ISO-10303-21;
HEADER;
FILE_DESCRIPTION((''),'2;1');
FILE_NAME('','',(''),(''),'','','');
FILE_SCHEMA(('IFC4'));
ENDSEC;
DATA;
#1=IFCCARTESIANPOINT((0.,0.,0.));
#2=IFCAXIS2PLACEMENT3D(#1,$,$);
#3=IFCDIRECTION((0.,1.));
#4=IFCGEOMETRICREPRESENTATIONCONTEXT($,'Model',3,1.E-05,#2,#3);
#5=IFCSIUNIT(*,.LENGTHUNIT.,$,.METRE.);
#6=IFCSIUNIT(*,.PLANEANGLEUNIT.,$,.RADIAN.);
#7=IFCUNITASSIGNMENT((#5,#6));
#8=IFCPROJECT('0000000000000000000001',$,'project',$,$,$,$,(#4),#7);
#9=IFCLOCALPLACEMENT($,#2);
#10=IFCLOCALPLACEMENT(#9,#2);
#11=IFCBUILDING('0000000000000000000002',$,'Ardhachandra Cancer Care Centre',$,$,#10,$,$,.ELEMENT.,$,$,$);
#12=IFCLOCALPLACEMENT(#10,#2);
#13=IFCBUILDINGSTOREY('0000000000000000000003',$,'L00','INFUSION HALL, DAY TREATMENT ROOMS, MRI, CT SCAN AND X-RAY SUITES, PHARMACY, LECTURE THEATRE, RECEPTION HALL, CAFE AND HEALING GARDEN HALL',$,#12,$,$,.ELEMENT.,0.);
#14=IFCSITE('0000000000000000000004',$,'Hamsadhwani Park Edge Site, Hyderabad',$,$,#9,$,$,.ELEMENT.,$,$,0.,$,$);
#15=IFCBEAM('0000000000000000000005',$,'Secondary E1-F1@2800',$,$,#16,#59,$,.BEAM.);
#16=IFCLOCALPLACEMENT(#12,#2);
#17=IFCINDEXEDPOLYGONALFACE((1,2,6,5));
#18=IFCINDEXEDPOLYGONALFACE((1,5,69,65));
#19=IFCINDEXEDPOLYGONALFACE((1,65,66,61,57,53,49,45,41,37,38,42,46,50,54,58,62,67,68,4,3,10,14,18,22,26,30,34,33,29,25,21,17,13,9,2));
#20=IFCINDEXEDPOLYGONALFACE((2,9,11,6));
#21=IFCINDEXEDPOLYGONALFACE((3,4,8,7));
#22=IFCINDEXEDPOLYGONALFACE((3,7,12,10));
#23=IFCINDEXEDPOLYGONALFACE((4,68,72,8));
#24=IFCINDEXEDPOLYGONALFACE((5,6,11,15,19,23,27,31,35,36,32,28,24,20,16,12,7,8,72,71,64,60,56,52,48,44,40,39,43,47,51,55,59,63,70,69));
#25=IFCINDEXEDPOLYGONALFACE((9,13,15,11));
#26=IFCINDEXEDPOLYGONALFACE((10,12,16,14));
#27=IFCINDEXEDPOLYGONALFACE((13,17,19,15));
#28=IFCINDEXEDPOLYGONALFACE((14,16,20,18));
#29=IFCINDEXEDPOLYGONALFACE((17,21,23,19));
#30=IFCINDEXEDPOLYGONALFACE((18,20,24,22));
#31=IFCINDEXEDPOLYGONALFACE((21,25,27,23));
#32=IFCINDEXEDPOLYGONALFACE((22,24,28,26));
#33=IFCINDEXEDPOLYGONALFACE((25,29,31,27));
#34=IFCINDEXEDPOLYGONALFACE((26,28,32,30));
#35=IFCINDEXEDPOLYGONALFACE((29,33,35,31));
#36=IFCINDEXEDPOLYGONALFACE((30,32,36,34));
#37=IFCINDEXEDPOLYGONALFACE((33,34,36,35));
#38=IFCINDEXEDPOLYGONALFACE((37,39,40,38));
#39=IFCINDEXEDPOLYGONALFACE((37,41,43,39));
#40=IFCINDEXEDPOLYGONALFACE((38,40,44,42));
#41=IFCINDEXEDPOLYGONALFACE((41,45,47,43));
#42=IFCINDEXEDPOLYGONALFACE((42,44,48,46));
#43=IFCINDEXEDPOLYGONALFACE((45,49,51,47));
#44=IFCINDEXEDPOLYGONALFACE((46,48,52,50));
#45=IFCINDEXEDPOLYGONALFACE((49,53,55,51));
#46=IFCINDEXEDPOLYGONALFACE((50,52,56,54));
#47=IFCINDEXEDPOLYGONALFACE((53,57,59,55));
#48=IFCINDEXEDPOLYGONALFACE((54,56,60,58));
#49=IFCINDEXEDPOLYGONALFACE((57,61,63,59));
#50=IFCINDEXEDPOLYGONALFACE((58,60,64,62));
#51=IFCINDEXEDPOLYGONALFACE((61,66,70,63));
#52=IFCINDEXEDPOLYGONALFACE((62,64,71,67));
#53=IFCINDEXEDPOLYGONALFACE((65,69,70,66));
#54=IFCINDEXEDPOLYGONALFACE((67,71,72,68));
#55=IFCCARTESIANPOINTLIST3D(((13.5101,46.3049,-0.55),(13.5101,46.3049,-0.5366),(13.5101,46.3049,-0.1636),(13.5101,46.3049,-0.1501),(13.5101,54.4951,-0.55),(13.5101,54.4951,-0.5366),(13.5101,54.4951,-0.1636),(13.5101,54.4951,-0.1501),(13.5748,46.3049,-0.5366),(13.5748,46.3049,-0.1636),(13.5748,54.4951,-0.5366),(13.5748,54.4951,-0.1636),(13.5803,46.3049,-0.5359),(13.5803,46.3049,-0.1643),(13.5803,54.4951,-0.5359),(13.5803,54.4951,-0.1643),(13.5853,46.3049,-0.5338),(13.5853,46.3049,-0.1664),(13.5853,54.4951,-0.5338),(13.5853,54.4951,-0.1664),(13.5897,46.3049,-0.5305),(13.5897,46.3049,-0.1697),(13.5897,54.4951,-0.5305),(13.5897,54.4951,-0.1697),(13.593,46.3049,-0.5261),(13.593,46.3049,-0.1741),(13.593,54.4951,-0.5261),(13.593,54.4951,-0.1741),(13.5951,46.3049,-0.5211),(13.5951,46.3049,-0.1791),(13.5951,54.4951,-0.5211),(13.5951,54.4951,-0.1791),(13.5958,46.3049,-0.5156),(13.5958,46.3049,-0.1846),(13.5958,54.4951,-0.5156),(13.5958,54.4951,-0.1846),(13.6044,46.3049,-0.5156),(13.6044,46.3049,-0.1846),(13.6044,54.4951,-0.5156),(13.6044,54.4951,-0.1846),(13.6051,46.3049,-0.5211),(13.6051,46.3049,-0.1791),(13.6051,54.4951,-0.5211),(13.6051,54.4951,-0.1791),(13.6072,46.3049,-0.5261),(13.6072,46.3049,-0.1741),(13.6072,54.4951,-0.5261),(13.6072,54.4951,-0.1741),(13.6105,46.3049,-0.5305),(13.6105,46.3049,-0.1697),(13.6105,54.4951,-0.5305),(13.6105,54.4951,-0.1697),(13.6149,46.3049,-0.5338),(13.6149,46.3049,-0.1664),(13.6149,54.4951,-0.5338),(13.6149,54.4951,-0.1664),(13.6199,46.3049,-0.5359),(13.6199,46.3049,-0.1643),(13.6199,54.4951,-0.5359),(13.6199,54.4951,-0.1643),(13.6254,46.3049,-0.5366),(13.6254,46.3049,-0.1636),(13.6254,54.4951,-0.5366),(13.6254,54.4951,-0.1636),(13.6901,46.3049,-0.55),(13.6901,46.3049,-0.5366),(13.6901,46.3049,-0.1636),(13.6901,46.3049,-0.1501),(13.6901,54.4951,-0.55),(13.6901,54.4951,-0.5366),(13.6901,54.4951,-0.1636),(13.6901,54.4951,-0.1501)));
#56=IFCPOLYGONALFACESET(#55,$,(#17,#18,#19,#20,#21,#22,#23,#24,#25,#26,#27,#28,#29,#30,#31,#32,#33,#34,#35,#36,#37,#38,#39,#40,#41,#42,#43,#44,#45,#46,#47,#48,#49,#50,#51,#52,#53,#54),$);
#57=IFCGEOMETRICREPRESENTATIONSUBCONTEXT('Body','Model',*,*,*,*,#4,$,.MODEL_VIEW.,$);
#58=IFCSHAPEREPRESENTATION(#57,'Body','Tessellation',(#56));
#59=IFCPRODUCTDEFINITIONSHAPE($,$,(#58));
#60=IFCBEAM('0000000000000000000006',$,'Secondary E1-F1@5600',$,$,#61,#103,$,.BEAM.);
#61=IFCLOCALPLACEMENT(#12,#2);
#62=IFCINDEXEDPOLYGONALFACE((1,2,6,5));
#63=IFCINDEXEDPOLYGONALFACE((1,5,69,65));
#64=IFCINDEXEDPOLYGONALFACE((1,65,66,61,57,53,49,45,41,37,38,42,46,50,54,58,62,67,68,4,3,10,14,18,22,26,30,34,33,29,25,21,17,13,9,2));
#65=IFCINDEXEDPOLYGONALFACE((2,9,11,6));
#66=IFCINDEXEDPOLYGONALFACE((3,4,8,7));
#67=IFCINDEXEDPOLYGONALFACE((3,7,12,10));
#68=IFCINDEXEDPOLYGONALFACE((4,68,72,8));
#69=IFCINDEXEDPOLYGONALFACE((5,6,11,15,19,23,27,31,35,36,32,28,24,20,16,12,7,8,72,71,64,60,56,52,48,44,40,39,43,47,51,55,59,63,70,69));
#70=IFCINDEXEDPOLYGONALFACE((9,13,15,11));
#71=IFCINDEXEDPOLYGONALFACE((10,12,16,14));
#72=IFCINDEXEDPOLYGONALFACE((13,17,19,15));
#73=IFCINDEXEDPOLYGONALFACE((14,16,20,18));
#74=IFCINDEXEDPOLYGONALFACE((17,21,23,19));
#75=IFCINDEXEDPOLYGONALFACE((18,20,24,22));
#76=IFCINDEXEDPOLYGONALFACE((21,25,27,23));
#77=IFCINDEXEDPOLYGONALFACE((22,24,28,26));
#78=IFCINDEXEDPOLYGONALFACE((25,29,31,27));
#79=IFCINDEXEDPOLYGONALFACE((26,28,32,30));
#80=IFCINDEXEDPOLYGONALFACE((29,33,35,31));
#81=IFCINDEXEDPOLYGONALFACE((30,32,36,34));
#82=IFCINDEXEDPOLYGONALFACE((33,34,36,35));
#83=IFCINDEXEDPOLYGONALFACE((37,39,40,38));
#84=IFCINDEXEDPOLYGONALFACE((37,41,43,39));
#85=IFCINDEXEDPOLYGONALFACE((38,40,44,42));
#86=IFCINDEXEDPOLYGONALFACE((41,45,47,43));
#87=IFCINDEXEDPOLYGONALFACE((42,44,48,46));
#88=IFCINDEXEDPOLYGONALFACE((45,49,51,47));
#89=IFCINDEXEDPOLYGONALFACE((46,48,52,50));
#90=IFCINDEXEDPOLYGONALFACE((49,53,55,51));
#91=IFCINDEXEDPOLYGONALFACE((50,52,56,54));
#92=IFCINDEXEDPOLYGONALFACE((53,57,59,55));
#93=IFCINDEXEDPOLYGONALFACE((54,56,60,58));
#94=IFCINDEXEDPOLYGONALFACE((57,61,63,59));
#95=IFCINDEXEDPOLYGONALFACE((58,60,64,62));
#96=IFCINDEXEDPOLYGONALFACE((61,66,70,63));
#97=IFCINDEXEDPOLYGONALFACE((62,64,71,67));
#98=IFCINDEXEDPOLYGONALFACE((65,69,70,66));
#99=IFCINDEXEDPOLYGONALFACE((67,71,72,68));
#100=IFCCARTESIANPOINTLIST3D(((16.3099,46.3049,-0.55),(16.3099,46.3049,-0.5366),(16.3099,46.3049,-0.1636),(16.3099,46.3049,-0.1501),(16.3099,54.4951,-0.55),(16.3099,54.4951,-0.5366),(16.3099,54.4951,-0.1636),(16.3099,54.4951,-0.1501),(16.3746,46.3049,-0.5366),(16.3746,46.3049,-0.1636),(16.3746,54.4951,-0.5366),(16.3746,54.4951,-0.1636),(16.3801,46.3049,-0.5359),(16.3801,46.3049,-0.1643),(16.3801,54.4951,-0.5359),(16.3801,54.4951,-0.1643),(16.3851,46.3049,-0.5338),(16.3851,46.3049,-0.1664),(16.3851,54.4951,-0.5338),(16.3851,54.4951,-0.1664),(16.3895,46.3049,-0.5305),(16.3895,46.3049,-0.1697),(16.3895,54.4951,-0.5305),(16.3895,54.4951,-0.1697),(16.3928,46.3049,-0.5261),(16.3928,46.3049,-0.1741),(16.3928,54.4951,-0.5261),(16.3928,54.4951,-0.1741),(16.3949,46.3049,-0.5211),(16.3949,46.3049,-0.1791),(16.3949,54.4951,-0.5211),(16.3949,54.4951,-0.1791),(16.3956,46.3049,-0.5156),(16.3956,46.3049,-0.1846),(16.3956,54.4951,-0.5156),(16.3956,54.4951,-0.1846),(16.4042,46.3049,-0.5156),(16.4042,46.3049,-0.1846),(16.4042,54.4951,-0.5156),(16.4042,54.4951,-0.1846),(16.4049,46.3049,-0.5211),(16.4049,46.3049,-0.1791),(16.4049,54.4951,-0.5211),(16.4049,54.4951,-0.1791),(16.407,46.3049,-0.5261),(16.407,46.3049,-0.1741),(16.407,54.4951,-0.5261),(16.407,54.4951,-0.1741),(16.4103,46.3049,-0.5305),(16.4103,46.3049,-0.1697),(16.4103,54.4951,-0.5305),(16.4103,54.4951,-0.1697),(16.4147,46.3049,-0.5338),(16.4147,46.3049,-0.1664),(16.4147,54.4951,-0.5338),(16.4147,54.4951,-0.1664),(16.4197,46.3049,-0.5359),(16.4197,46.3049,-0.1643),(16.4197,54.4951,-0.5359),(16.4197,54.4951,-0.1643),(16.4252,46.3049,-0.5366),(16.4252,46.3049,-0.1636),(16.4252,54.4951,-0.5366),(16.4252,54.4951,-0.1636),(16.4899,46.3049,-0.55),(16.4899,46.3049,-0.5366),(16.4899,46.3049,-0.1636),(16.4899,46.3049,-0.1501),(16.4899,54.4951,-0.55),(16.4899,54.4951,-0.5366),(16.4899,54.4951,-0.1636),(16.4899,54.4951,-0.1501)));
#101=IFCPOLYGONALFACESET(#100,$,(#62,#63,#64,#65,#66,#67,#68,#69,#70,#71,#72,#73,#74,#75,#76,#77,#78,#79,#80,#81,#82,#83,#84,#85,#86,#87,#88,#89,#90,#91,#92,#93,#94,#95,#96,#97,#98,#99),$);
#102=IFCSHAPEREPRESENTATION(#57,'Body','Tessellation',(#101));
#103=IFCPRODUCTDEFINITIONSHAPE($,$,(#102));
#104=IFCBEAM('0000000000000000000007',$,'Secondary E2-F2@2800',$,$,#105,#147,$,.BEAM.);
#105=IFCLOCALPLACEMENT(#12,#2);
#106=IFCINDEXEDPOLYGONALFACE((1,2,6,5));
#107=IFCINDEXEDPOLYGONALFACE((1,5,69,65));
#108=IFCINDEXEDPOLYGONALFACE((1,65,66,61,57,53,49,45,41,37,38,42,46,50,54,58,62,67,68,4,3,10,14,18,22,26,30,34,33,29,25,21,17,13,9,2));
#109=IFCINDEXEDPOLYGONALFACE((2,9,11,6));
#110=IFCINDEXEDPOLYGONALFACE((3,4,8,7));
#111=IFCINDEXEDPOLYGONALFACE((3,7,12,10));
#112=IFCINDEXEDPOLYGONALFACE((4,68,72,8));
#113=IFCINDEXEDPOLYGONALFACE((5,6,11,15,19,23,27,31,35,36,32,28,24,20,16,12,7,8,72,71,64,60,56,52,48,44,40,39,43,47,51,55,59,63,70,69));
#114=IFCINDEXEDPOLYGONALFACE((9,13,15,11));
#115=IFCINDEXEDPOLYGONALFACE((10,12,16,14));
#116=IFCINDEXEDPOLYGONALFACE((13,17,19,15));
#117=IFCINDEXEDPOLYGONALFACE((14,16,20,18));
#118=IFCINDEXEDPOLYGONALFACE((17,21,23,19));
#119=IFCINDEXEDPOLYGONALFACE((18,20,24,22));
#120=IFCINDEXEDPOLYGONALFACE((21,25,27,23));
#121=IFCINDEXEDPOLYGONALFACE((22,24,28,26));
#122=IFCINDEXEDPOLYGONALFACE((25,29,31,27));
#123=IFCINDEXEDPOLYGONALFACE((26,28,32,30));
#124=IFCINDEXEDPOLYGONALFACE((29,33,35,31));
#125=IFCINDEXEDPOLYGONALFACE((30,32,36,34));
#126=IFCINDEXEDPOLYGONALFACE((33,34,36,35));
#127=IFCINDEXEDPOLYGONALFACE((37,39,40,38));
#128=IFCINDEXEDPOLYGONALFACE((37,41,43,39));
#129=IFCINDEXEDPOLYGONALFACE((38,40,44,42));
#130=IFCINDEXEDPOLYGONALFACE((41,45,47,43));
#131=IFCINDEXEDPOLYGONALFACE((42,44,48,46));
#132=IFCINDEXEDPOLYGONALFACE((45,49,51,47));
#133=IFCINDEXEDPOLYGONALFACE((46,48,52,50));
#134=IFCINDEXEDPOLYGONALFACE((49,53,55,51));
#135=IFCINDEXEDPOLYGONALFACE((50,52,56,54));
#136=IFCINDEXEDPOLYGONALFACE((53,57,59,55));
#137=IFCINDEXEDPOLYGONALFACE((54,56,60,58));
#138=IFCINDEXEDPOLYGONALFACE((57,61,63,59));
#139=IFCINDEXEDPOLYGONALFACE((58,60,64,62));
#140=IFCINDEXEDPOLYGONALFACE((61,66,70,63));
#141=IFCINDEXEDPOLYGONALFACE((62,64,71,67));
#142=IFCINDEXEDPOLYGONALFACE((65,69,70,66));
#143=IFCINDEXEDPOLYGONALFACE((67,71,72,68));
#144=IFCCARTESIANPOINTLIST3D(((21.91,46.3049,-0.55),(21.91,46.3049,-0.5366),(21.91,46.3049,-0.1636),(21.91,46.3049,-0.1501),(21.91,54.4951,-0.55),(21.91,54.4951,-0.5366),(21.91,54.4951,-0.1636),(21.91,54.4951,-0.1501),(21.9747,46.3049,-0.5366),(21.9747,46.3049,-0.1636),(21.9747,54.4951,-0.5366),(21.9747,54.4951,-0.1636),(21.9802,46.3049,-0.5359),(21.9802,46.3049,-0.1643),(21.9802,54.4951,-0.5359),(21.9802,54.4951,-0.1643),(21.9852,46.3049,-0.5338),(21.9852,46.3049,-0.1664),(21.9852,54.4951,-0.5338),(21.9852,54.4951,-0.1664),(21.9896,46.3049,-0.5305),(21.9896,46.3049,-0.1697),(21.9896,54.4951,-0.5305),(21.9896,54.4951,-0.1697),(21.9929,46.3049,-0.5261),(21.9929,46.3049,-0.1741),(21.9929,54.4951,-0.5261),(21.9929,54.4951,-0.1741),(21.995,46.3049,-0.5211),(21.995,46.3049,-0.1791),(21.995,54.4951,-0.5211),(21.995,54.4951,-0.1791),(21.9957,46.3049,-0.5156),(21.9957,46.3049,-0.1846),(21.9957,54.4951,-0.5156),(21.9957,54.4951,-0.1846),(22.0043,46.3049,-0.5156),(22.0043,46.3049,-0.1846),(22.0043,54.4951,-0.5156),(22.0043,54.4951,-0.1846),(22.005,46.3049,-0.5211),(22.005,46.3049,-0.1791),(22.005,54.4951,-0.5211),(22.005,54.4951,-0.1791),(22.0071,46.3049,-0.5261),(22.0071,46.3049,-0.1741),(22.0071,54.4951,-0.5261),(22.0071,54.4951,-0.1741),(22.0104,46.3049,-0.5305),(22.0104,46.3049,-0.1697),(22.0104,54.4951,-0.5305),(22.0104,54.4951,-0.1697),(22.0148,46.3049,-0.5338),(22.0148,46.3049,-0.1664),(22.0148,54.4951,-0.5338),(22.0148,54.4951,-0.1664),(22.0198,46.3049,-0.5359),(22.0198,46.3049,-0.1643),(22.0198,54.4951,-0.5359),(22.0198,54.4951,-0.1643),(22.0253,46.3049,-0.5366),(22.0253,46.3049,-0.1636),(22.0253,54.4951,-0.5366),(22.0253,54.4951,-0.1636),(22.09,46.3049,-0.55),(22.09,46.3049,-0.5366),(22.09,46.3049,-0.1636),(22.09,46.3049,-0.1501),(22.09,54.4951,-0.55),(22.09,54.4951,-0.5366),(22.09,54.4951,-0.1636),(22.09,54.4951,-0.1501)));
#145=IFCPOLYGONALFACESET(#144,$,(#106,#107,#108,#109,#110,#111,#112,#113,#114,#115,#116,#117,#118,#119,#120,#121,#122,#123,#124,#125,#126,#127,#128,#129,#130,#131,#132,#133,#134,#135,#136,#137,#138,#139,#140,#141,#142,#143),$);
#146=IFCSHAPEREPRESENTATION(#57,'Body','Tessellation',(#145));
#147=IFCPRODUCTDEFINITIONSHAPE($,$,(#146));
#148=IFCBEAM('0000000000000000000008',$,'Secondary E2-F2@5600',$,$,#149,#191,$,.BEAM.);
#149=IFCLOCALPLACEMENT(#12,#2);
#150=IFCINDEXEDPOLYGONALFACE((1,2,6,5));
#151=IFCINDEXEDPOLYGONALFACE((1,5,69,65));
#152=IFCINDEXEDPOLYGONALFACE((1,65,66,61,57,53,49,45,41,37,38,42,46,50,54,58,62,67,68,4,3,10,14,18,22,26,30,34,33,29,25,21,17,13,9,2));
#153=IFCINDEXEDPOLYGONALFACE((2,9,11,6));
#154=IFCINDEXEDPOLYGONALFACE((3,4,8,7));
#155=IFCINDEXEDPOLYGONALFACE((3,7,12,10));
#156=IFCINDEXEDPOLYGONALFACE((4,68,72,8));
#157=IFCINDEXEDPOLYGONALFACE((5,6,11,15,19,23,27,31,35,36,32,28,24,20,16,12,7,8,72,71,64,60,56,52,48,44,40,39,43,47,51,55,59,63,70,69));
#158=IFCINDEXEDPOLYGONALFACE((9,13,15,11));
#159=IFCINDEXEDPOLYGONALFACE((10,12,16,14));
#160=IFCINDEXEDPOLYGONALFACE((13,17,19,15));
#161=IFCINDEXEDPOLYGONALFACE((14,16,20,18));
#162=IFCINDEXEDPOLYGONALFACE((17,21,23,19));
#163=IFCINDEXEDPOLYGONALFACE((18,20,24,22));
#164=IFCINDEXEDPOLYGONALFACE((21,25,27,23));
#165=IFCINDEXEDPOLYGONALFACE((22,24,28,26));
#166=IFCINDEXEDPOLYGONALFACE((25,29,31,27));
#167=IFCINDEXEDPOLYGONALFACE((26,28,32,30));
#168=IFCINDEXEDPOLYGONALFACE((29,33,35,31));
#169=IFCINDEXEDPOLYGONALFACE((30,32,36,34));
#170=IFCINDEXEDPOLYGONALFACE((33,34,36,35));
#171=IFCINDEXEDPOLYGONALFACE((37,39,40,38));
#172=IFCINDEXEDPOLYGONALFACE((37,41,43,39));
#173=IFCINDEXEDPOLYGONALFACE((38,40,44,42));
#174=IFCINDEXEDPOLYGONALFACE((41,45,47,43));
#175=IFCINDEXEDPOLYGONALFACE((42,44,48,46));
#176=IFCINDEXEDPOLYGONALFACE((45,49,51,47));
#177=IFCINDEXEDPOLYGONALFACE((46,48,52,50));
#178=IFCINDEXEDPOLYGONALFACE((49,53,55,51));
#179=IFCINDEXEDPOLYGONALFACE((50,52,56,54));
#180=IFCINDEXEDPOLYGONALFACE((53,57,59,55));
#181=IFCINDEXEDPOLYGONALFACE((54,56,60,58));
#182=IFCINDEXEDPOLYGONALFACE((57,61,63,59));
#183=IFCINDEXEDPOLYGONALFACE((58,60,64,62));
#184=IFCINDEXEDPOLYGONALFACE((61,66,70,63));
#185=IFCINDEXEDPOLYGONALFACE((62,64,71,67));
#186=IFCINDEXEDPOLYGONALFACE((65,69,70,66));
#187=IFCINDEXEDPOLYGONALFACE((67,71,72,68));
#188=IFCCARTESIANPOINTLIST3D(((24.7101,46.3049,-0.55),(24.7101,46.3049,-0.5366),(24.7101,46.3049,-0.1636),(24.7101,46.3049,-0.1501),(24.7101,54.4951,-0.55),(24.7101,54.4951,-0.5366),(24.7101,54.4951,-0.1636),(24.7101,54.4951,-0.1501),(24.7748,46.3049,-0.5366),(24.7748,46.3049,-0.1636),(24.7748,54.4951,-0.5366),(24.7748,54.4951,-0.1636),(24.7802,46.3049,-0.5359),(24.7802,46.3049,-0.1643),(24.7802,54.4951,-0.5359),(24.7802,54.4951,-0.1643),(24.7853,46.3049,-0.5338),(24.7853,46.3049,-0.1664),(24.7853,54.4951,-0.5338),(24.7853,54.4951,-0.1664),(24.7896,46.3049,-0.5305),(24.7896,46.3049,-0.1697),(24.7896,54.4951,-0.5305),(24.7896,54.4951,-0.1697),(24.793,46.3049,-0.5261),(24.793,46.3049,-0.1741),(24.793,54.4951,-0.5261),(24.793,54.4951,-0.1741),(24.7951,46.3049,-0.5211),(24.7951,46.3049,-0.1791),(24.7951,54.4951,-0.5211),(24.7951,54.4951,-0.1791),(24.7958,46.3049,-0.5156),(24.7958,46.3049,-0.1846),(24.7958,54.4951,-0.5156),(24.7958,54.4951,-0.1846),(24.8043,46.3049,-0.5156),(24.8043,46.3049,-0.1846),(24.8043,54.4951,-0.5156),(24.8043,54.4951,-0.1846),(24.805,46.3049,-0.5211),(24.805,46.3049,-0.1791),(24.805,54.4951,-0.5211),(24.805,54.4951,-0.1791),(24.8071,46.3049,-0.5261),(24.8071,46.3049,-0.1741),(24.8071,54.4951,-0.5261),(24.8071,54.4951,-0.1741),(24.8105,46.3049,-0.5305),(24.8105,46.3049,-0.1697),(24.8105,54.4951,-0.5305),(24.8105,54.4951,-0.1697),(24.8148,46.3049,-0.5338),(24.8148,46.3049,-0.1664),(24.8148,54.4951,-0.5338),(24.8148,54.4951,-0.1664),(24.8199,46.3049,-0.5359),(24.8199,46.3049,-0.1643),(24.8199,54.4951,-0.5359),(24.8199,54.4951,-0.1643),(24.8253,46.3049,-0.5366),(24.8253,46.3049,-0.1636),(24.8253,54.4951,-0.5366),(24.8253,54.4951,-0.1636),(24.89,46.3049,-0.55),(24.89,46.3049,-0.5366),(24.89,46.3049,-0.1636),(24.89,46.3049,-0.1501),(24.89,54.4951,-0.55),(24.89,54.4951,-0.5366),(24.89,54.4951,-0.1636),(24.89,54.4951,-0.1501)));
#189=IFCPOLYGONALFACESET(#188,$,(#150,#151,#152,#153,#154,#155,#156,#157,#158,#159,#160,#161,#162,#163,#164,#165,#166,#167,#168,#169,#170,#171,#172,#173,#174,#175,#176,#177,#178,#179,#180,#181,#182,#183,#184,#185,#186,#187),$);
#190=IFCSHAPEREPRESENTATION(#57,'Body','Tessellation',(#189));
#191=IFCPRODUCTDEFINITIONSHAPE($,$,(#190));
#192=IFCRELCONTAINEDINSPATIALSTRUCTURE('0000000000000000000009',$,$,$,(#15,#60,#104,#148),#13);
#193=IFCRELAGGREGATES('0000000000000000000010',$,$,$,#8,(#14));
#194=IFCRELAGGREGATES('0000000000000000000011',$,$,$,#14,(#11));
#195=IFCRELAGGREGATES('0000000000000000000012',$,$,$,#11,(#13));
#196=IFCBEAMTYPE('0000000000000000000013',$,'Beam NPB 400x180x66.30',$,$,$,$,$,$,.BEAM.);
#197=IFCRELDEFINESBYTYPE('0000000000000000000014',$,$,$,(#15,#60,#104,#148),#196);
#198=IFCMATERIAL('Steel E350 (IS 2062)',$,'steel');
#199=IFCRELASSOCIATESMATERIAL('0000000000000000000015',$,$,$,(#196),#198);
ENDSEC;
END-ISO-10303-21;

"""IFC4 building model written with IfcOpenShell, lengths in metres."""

from ifc_helpers import new_model, si_unit, direction, frame, origin, origin_2d, place, context, subcontext, project, spatial, i_section, extrude, material, material_profile, profile_set, type_object, element, save


model = new_model("IFC4")

# Units and contexts
model_context = context("Model", 3, precision=1e-05, world=origin(), true_north=direction((0.0, 1.0)))
body_context = subcontext(model_context, "Body", "Model", "MODEL_VIEW")
ifc_project = project(units=[si_unit("LENGTHUNIT", "METRE"), si_unit("PLANEANGLEUNIT", "RADIAN")], contexts=[model_context])

# Site, building, storey
site_placement = place(None, origin())
site = spatial("IfcSite", under=ifc_project, at=site_placement, Name="Hamsadhwani Park Edge Site, Hyderabad", CompositionType="ELEMENT", RefElevation=0.0)
building_placement = place(site_placement, origin())
building = spatial("IfcBuilding", under=site, at=building_placement, Name="Ardhachandra Cancer Care Centre", CompositionType="ELEMENT")
storey_placement = place(building_placement, origin())
storey = spatial("IfcBuildingStorey", under=building, at=storey_placement, Name="L00", Description="INFUSION HALL, DAY TREATMENT ROOMS, MRI, CT SCAN AND X-RAY SUITES, PHARMACY, LECTURE THEATRE, RECEPTION HALL, CAFE AND HEALING GARDEN HALL", CompositionType="ELEMENT", Elevation=0.0)

# Beams
ifc_material_1 = material(Name="Steel E350 (IS 2062)", Category="steel")
ifc_material_profile_1 = material_profile(ifc_material_1, i_section(OverallWidth=0.1799, OverallDepth=0.3999, WebThickness=0.0085, FlangeThickness=0.0134, FilletRadius=0.021, at=origin_2d()), Name="NPB 400x180x66.30")
ifc_profile_set_1 = profile_set([ifc_material_profile_1], Name="Steel E350 (IS 2062)")
beam_type_1 = type_object("IfcBeamType", Name="Beam NPB 400x180x66.30", PredefinedType="BEAM", material=ifc_profile_set_1)
for number, where, z_axis, x_axis, name in (
    (1, (13.6001, 46.3049, -0.3501), (0.0, 1.0, 0.0), (-1.0, 0.0, 0.0), "Secondary E1-F1@2800"),
    (2, (16.3999, 46.3049, -0.3501), (0.0, 1.0, 0.0), (-1.0, 0.0, 0.0), "Secondary E1-F1@5600"),
    (3, (22.0, 46.3049, -0.3501), (0.0, 1.0, 0.0), (-1.0, 0.0, 0.0), "Secondary E2-F2@2800"),
    (4, (24.8, 46.3049, -0.3501), (0.0, 1.0, 0.0), (-1.0, 0.0, 0.0), "Secondary E2-F2@5600"),
):
    element("IfcBeam", number, at=place(storey_placement, frame(where, z_axis=z_axis, x_axis=x_axis)), inside=storey, type_object=beam_type_1, Name=name, PredefinedType="BEAM", context=body_context, shape_type="SweptSolid", body=[
        extrude(i_section(OverallWidth=0.1799, OverallDepth=0.3999, WebThickness=0.0085, FlangeThickness=0.0134, FilletRadius=0.021, at=origin_2d()), origin(), (0.0, 0.0, 1.0), 8.1902),
    ])

save(model, "model.ifc")
